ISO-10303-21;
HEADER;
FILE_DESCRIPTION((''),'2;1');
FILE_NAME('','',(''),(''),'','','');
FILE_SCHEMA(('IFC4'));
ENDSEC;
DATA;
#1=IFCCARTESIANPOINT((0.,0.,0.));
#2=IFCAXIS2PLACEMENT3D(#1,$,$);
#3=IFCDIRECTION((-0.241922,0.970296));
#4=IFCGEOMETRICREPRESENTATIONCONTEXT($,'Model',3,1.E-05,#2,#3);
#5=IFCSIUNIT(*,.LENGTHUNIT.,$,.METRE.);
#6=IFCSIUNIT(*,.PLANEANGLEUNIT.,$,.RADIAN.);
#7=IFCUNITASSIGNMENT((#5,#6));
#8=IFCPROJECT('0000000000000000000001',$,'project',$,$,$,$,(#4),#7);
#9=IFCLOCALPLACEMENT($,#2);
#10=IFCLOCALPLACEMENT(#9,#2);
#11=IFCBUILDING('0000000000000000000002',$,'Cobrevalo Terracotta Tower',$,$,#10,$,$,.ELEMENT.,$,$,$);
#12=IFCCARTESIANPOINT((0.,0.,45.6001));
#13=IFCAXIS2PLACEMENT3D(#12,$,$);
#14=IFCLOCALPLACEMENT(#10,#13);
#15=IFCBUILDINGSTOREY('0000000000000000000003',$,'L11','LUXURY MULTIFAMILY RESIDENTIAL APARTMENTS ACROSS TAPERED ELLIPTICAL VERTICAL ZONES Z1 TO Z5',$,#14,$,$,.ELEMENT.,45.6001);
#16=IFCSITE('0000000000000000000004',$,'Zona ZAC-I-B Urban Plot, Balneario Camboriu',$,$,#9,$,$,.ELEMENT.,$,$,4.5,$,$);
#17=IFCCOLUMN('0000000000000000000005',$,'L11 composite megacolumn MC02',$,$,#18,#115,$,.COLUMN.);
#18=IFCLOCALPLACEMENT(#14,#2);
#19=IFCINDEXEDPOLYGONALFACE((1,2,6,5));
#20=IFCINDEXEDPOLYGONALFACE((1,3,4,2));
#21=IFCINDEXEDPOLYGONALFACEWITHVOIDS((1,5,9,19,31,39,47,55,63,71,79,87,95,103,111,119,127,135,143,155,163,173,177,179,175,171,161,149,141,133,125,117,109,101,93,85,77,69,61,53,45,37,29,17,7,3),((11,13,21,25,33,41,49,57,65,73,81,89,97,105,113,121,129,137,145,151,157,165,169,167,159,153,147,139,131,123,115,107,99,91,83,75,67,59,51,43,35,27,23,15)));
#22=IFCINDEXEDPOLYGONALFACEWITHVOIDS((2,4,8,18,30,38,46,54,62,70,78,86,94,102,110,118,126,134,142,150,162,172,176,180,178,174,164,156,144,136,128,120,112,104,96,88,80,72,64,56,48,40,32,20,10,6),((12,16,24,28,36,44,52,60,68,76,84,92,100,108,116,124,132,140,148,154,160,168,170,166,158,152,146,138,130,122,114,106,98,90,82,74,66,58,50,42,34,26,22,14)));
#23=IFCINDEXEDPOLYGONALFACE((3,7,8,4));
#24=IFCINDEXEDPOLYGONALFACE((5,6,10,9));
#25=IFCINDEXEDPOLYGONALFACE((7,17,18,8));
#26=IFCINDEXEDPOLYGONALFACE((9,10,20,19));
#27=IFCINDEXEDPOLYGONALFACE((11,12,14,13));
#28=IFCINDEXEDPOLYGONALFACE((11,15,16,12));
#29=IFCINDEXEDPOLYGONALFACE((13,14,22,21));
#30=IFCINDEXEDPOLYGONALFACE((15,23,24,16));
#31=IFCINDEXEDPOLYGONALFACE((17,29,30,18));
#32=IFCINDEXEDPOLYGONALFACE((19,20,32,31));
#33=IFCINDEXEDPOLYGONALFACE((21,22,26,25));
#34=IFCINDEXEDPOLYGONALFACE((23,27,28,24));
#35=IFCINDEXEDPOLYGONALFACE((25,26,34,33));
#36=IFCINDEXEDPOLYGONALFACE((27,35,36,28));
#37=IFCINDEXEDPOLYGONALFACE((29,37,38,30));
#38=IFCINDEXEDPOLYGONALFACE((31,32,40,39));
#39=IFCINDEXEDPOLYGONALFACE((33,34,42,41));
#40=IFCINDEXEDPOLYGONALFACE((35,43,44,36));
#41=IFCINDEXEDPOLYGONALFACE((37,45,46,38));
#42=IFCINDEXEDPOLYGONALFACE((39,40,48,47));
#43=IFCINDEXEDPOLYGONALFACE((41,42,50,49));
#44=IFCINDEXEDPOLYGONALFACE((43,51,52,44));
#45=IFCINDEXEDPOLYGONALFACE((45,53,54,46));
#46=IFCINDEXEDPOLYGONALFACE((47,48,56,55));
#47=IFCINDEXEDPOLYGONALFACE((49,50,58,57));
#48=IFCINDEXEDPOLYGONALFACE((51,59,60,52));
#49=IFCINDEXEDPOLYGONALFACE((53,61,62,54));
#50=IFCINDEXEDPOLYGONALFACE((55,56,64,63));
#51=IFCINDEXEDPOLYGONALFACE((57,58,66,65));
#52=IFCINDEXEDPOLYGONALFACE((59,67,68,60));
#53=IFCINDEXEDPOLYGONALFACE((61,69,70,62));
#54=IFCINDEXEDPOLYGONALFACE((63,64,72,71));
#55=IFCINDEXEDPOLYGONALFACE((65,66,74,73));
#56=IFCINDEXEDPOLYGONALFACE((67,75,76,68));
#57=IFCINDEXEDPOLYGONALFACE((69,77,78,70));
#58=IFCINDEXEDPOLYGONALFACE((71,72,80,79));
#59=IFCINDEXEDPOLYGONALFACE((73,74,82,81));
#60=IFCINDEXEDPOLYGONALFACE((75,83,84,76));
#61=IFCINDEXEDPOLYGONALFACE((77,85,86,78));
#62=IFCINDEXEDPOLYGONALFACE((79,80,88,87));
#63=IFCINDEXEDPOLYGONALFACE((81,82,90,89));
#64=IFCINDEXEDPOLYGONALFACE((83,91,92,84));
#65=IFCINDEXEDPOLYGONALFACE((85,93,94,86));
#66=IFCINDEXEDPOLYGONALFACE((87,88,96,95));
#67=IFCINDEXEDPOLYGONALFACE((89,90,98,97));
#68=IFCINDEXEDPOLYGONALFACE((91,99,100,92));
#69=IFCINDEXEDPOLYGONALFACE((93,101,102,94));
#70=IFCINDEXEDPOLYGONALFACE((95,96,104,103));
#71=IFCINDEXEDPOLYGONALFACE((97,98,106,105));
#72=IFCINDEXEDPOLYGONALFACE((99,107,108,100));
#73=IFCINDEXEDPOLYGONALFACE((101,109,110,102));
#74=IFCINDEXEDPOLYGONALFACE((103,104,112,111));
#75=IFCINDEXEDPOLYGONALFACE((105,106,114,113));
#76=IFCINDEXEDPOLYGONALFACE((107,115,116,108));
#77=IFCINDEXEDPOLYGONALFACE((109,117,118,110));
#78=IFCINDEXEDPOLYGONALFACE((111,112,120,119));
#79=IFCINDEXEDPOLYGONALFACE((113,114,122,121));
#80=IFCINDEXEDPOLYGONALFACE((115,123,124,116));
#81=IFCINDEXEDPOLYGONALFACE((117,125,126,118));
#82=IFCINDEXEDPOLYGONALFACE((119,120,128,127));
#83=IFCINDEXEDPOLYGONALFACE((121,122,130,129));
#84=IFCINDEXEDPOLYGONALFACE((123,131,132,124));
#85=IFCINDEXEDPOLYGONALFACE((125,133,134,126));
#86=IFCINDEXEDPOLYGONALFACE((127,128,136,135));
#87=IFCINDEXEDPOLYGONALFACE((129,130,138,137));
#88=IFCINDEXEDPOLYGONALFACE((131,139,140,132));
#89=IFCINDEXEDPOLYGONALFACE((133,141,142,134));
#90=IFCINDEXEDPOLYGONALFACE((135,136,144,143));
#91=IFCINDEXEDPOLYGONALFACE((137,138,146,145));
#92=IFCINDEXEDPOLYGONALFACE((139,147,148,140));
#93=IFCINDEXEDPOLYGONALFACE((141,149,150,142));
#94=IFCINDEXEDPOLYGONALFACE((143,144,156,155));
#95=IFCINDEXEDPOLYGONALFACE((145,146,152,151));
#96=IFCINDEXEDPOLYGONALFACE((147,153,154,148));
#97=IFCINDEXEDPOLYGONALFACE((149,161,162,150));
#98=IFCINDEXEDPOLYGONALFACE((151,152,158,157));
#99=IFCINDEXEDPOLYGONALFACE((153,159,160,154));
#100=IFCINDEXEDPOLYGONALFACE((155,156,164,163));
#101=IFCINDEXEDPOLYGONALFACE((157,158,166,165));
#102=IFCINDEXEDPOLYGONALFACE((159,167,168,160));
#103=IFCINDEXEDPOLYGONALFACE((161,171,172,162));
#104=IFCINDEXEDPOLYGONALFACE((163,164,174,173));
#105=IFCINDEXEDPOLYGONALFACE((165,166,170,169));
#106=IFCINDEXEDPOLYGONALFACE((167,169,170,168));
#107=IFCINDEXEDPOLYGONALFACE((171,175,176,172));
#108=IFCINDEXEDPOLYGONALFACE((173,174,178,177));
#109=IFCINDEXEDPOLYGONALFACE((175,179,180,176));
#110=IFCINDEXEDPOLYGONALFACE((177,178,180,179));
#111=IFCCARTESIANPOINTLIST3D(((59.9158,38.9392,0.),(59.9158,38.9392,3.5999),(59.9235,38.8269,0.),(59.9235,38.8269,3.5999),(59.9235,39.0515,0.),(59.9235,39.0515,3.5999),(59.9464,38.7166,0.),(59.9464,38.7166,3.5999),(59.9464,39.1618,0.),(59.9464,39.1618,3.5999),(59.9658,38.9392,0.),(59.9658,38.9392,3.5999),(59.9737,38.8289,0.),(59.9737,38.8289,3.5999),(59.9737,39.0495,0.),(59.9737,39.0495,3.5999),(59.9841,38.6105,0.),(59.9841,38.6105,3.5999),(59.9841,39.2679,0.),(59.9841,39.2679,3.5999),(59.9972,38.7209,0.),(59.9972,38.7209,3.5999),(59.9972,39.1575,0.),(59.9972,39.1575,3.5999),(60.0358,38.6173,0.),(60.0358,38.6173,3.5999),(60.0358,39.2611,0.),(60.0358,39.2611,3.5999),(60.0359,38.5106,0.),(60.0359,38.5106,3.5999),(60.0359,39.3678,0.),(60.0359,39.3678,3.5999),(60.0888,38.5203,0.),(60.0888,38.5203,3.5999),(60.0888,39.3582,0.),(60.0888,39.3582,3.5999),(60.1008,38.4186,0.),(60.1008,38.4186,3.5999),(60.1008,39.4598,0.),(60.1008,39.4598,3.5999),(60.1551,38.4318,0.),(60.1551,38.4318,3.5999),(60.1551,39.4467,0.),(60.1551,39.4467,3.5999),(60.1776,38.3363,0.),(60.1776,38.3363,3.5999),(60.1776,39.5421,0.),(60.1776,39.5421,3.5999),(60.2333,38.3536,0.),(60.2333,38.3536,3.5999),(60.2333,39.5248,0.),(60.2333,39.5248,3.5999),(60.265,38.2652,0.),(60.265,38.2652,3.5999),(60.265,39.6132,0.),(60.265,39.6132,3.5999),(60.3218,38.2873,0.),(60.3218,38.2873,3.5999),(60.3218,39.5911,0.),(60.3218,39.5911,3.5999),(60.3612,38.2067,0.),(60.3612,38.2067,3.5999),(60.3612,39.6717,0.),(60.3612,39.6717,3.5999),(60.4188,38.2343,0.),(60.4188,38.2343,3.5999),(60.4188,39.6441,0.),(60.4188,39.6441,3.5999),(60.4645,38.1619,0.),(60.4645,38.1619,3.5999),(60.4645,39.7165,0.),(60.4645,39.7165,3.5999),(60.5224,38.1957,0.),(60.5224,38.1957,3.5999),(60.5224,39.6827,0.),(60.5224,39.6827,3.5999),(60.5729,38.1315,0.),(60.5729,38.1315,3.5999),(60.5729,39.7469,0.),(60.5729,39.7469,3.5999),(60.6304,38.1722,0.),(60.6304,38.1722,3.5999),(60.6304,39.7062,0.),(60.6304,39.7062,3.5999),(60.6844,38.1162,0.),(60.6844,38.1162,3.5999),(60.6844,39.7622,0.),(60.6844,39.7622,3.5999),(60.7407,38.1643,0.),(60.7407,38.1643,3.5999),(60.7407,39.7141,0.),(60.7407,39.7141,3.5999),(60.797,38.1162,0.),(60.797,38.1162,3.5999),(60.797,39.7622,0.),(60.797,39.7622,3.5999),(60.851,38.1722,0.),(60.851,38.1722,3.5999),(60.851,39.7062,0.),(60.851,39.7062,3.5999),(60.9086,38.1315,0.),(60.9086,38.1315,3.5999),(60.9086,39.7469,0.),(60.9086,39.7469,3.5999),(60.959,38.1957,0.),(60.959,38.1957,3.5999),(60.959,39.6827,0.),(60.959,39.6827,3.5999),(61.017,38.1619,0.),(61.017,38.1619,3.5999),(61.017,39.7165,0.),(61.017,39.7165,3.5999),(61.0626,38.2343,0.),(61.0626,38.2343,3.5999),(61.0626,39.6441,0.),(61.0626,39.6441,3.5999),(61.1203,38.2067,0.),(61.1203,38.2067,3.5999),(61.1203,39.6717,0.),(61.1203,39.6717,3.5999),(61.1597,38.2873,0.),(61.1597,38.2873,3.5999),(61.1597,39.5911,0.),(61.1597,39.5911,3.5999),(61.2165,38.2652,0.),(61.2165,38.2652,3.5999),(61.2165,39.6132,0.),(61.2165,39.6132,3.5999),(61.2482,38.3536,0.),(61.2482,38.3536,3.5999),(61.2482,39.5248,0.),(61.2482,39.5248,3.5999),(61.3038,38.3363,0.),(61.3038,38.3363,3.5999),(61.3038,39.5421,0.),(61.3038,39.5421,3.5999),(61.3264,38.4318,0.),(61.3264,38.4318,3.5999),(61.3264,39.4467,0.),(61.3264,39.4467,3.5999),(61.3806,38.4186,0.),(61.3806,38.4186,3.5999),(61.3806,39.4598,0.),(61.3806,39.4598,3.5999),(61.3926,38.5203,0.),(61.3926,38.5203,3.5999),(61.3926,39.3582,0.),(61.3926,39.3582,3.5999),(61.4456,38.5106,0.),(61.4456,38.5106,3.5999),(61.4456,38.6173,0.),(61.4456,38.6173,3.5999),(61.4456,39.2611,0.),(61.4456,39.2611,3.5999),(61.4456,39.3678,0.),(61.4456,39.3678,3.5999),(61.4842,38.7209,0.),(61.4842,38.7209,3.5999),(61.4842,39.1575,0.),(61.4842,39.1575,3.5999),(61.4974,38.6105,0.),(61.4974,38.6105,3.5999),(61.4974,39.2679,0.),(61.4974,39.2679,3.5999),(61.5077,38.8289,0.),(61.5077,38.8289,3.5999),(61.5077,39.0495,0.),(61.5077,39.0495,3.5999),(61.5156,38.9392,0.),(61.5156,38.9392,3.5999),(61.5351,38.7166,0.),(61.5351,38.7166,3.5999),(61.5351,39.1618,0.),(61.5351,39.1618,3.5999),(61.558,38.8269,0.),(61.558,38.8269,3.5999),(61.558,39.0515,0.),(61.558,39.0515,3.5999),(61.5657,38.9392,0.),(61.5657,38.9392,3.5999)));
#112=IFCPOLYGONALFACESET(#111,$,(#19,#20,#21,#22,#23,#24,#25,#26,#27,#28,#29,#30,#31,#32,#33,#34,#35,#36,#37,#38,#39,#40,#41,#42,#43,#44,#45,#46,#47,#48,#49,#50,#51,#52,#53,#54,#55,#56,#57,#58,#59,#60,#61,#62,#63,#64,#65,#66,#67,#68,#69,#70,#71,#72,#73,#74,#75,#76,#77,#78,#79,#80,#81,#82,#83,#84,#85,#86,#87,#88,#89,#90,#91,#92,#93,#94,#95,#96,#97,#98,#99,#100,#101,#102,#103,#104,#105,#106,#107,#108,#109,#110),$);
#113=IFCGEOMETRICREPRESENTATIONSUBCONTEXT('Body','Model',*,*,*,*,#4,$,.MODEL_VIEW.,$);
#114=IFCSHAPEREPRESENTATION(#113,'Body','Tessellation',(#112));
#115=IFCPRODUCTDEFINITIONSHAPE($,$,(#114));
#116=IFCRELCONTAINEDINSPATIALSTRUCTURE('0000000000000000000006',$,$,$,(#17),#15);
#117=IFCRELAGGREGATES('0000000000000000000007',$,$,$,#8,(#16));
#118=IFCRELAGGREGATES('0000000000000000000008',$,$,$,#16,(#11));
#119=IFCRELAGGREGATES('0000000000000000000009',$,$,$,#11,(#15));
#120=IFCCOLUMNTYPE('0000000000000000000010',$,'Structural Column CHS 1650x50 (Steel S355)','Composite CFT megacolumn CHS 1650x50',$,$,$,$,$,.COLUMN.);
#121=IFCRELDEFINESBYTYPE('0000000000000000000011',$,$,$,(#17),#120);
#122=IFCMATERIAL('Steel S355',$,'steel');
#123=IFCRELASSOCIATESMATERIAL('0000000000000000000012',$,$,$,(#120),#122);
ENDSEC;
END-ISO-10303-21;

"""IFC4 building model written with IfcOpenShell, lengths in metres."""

from ifc_helpers import new_model, si_unit, direction, frame, origin, origin_2d, place, context, subcontext, project, spatial, hollow_circle, extrude, material, material_profile, profile_set, type_object, element, save


model = new_model("IFC4")

# Units and contexts
model_context = context("Model", 3, precision=1e-05, world=origin(), true_north=direction((-0.241922, 0.970296)))
body_context = subcontext(model_context, "Body", "Model", "MODEL_VIEW")
ifc_project = project(units=[si_unit("LENGTHUNIT", "METRE"), si_unit("PLANEANGLEUNIT", "RADIAN")], contexts=[model_context])

# Site, building, storey
site_placement = place(None, origin())
site = spatial("IfcSite", under=ifc_project, at=site_placement, Name="Zona ZAC-I-B Urban Plot, Balneario Camboriu", CompositionType="ELEMENT", RefElevation=4.5)
building_placement = place(site_placement, origin())
building = spatial("IfcBuilding", under=site, at=building_placement, Name="Cobrevalo Terracotta Tower", CompositionType="ELEMENT")
storey_placement = place(building_placement, frame((0.0, 0.0, 45.6001)))
storey = spatial("IfcBuildingStorey", under=building, at=storey_placement, Name="L11", Description="LUXURY MULTIFAMILY RESIDENTIAL APARTMENTS ACROSS TAPERED ELLIPTICAL VERTICAL ZONES Z1 TO Z5", CompositionType="ELEMENT", Elevation=45.6001)

# Column
ifc_material_1 = material(Name="Steel S355", Category="steel")
ifc_material_profile_1 = material_profile(ifc_material_1, hollow_circle(Radius=0.825, WallThickness=0.05, at=origin_2d()), Name="CHS 1650x50")
ifc_profile_set_1 = profile_set([ifc_material_profile_1], Name="Steel S355")
column_type = type_object("IfcColumnType", Name="Structural Column CHS 1650x50 (Steel S355)", Description="Composite CFT megacolumn CHS 1650x50", PredefinedType="COLUMN", material=ifc_profile_set_1)
for number, where, z_axis, x_axis, name in (
    (1, (60.7407, 38.9392, 0.0), (0.0, 0.0, 1.0), (1.0, 0.0, 0.0), "L11 composite megacolumn MC02"),
):
    element("IfcColumn", number, at=place(storey_placement, frame(where, z_axis=z_axis, x_axis=x_axis)), inside=storey, type_object=column_type, Name=name, PredefinedType="COLUMN", context=body_context, shape_type="SweptSolid", body=[
        extrude(hollow_circle(Radius=0.825, WallThickness=0.05, at=origin_2d()), origin(), (0.0, 0.0, 1.0), 3.5999),
    ])

save(model, "model.ifc")
